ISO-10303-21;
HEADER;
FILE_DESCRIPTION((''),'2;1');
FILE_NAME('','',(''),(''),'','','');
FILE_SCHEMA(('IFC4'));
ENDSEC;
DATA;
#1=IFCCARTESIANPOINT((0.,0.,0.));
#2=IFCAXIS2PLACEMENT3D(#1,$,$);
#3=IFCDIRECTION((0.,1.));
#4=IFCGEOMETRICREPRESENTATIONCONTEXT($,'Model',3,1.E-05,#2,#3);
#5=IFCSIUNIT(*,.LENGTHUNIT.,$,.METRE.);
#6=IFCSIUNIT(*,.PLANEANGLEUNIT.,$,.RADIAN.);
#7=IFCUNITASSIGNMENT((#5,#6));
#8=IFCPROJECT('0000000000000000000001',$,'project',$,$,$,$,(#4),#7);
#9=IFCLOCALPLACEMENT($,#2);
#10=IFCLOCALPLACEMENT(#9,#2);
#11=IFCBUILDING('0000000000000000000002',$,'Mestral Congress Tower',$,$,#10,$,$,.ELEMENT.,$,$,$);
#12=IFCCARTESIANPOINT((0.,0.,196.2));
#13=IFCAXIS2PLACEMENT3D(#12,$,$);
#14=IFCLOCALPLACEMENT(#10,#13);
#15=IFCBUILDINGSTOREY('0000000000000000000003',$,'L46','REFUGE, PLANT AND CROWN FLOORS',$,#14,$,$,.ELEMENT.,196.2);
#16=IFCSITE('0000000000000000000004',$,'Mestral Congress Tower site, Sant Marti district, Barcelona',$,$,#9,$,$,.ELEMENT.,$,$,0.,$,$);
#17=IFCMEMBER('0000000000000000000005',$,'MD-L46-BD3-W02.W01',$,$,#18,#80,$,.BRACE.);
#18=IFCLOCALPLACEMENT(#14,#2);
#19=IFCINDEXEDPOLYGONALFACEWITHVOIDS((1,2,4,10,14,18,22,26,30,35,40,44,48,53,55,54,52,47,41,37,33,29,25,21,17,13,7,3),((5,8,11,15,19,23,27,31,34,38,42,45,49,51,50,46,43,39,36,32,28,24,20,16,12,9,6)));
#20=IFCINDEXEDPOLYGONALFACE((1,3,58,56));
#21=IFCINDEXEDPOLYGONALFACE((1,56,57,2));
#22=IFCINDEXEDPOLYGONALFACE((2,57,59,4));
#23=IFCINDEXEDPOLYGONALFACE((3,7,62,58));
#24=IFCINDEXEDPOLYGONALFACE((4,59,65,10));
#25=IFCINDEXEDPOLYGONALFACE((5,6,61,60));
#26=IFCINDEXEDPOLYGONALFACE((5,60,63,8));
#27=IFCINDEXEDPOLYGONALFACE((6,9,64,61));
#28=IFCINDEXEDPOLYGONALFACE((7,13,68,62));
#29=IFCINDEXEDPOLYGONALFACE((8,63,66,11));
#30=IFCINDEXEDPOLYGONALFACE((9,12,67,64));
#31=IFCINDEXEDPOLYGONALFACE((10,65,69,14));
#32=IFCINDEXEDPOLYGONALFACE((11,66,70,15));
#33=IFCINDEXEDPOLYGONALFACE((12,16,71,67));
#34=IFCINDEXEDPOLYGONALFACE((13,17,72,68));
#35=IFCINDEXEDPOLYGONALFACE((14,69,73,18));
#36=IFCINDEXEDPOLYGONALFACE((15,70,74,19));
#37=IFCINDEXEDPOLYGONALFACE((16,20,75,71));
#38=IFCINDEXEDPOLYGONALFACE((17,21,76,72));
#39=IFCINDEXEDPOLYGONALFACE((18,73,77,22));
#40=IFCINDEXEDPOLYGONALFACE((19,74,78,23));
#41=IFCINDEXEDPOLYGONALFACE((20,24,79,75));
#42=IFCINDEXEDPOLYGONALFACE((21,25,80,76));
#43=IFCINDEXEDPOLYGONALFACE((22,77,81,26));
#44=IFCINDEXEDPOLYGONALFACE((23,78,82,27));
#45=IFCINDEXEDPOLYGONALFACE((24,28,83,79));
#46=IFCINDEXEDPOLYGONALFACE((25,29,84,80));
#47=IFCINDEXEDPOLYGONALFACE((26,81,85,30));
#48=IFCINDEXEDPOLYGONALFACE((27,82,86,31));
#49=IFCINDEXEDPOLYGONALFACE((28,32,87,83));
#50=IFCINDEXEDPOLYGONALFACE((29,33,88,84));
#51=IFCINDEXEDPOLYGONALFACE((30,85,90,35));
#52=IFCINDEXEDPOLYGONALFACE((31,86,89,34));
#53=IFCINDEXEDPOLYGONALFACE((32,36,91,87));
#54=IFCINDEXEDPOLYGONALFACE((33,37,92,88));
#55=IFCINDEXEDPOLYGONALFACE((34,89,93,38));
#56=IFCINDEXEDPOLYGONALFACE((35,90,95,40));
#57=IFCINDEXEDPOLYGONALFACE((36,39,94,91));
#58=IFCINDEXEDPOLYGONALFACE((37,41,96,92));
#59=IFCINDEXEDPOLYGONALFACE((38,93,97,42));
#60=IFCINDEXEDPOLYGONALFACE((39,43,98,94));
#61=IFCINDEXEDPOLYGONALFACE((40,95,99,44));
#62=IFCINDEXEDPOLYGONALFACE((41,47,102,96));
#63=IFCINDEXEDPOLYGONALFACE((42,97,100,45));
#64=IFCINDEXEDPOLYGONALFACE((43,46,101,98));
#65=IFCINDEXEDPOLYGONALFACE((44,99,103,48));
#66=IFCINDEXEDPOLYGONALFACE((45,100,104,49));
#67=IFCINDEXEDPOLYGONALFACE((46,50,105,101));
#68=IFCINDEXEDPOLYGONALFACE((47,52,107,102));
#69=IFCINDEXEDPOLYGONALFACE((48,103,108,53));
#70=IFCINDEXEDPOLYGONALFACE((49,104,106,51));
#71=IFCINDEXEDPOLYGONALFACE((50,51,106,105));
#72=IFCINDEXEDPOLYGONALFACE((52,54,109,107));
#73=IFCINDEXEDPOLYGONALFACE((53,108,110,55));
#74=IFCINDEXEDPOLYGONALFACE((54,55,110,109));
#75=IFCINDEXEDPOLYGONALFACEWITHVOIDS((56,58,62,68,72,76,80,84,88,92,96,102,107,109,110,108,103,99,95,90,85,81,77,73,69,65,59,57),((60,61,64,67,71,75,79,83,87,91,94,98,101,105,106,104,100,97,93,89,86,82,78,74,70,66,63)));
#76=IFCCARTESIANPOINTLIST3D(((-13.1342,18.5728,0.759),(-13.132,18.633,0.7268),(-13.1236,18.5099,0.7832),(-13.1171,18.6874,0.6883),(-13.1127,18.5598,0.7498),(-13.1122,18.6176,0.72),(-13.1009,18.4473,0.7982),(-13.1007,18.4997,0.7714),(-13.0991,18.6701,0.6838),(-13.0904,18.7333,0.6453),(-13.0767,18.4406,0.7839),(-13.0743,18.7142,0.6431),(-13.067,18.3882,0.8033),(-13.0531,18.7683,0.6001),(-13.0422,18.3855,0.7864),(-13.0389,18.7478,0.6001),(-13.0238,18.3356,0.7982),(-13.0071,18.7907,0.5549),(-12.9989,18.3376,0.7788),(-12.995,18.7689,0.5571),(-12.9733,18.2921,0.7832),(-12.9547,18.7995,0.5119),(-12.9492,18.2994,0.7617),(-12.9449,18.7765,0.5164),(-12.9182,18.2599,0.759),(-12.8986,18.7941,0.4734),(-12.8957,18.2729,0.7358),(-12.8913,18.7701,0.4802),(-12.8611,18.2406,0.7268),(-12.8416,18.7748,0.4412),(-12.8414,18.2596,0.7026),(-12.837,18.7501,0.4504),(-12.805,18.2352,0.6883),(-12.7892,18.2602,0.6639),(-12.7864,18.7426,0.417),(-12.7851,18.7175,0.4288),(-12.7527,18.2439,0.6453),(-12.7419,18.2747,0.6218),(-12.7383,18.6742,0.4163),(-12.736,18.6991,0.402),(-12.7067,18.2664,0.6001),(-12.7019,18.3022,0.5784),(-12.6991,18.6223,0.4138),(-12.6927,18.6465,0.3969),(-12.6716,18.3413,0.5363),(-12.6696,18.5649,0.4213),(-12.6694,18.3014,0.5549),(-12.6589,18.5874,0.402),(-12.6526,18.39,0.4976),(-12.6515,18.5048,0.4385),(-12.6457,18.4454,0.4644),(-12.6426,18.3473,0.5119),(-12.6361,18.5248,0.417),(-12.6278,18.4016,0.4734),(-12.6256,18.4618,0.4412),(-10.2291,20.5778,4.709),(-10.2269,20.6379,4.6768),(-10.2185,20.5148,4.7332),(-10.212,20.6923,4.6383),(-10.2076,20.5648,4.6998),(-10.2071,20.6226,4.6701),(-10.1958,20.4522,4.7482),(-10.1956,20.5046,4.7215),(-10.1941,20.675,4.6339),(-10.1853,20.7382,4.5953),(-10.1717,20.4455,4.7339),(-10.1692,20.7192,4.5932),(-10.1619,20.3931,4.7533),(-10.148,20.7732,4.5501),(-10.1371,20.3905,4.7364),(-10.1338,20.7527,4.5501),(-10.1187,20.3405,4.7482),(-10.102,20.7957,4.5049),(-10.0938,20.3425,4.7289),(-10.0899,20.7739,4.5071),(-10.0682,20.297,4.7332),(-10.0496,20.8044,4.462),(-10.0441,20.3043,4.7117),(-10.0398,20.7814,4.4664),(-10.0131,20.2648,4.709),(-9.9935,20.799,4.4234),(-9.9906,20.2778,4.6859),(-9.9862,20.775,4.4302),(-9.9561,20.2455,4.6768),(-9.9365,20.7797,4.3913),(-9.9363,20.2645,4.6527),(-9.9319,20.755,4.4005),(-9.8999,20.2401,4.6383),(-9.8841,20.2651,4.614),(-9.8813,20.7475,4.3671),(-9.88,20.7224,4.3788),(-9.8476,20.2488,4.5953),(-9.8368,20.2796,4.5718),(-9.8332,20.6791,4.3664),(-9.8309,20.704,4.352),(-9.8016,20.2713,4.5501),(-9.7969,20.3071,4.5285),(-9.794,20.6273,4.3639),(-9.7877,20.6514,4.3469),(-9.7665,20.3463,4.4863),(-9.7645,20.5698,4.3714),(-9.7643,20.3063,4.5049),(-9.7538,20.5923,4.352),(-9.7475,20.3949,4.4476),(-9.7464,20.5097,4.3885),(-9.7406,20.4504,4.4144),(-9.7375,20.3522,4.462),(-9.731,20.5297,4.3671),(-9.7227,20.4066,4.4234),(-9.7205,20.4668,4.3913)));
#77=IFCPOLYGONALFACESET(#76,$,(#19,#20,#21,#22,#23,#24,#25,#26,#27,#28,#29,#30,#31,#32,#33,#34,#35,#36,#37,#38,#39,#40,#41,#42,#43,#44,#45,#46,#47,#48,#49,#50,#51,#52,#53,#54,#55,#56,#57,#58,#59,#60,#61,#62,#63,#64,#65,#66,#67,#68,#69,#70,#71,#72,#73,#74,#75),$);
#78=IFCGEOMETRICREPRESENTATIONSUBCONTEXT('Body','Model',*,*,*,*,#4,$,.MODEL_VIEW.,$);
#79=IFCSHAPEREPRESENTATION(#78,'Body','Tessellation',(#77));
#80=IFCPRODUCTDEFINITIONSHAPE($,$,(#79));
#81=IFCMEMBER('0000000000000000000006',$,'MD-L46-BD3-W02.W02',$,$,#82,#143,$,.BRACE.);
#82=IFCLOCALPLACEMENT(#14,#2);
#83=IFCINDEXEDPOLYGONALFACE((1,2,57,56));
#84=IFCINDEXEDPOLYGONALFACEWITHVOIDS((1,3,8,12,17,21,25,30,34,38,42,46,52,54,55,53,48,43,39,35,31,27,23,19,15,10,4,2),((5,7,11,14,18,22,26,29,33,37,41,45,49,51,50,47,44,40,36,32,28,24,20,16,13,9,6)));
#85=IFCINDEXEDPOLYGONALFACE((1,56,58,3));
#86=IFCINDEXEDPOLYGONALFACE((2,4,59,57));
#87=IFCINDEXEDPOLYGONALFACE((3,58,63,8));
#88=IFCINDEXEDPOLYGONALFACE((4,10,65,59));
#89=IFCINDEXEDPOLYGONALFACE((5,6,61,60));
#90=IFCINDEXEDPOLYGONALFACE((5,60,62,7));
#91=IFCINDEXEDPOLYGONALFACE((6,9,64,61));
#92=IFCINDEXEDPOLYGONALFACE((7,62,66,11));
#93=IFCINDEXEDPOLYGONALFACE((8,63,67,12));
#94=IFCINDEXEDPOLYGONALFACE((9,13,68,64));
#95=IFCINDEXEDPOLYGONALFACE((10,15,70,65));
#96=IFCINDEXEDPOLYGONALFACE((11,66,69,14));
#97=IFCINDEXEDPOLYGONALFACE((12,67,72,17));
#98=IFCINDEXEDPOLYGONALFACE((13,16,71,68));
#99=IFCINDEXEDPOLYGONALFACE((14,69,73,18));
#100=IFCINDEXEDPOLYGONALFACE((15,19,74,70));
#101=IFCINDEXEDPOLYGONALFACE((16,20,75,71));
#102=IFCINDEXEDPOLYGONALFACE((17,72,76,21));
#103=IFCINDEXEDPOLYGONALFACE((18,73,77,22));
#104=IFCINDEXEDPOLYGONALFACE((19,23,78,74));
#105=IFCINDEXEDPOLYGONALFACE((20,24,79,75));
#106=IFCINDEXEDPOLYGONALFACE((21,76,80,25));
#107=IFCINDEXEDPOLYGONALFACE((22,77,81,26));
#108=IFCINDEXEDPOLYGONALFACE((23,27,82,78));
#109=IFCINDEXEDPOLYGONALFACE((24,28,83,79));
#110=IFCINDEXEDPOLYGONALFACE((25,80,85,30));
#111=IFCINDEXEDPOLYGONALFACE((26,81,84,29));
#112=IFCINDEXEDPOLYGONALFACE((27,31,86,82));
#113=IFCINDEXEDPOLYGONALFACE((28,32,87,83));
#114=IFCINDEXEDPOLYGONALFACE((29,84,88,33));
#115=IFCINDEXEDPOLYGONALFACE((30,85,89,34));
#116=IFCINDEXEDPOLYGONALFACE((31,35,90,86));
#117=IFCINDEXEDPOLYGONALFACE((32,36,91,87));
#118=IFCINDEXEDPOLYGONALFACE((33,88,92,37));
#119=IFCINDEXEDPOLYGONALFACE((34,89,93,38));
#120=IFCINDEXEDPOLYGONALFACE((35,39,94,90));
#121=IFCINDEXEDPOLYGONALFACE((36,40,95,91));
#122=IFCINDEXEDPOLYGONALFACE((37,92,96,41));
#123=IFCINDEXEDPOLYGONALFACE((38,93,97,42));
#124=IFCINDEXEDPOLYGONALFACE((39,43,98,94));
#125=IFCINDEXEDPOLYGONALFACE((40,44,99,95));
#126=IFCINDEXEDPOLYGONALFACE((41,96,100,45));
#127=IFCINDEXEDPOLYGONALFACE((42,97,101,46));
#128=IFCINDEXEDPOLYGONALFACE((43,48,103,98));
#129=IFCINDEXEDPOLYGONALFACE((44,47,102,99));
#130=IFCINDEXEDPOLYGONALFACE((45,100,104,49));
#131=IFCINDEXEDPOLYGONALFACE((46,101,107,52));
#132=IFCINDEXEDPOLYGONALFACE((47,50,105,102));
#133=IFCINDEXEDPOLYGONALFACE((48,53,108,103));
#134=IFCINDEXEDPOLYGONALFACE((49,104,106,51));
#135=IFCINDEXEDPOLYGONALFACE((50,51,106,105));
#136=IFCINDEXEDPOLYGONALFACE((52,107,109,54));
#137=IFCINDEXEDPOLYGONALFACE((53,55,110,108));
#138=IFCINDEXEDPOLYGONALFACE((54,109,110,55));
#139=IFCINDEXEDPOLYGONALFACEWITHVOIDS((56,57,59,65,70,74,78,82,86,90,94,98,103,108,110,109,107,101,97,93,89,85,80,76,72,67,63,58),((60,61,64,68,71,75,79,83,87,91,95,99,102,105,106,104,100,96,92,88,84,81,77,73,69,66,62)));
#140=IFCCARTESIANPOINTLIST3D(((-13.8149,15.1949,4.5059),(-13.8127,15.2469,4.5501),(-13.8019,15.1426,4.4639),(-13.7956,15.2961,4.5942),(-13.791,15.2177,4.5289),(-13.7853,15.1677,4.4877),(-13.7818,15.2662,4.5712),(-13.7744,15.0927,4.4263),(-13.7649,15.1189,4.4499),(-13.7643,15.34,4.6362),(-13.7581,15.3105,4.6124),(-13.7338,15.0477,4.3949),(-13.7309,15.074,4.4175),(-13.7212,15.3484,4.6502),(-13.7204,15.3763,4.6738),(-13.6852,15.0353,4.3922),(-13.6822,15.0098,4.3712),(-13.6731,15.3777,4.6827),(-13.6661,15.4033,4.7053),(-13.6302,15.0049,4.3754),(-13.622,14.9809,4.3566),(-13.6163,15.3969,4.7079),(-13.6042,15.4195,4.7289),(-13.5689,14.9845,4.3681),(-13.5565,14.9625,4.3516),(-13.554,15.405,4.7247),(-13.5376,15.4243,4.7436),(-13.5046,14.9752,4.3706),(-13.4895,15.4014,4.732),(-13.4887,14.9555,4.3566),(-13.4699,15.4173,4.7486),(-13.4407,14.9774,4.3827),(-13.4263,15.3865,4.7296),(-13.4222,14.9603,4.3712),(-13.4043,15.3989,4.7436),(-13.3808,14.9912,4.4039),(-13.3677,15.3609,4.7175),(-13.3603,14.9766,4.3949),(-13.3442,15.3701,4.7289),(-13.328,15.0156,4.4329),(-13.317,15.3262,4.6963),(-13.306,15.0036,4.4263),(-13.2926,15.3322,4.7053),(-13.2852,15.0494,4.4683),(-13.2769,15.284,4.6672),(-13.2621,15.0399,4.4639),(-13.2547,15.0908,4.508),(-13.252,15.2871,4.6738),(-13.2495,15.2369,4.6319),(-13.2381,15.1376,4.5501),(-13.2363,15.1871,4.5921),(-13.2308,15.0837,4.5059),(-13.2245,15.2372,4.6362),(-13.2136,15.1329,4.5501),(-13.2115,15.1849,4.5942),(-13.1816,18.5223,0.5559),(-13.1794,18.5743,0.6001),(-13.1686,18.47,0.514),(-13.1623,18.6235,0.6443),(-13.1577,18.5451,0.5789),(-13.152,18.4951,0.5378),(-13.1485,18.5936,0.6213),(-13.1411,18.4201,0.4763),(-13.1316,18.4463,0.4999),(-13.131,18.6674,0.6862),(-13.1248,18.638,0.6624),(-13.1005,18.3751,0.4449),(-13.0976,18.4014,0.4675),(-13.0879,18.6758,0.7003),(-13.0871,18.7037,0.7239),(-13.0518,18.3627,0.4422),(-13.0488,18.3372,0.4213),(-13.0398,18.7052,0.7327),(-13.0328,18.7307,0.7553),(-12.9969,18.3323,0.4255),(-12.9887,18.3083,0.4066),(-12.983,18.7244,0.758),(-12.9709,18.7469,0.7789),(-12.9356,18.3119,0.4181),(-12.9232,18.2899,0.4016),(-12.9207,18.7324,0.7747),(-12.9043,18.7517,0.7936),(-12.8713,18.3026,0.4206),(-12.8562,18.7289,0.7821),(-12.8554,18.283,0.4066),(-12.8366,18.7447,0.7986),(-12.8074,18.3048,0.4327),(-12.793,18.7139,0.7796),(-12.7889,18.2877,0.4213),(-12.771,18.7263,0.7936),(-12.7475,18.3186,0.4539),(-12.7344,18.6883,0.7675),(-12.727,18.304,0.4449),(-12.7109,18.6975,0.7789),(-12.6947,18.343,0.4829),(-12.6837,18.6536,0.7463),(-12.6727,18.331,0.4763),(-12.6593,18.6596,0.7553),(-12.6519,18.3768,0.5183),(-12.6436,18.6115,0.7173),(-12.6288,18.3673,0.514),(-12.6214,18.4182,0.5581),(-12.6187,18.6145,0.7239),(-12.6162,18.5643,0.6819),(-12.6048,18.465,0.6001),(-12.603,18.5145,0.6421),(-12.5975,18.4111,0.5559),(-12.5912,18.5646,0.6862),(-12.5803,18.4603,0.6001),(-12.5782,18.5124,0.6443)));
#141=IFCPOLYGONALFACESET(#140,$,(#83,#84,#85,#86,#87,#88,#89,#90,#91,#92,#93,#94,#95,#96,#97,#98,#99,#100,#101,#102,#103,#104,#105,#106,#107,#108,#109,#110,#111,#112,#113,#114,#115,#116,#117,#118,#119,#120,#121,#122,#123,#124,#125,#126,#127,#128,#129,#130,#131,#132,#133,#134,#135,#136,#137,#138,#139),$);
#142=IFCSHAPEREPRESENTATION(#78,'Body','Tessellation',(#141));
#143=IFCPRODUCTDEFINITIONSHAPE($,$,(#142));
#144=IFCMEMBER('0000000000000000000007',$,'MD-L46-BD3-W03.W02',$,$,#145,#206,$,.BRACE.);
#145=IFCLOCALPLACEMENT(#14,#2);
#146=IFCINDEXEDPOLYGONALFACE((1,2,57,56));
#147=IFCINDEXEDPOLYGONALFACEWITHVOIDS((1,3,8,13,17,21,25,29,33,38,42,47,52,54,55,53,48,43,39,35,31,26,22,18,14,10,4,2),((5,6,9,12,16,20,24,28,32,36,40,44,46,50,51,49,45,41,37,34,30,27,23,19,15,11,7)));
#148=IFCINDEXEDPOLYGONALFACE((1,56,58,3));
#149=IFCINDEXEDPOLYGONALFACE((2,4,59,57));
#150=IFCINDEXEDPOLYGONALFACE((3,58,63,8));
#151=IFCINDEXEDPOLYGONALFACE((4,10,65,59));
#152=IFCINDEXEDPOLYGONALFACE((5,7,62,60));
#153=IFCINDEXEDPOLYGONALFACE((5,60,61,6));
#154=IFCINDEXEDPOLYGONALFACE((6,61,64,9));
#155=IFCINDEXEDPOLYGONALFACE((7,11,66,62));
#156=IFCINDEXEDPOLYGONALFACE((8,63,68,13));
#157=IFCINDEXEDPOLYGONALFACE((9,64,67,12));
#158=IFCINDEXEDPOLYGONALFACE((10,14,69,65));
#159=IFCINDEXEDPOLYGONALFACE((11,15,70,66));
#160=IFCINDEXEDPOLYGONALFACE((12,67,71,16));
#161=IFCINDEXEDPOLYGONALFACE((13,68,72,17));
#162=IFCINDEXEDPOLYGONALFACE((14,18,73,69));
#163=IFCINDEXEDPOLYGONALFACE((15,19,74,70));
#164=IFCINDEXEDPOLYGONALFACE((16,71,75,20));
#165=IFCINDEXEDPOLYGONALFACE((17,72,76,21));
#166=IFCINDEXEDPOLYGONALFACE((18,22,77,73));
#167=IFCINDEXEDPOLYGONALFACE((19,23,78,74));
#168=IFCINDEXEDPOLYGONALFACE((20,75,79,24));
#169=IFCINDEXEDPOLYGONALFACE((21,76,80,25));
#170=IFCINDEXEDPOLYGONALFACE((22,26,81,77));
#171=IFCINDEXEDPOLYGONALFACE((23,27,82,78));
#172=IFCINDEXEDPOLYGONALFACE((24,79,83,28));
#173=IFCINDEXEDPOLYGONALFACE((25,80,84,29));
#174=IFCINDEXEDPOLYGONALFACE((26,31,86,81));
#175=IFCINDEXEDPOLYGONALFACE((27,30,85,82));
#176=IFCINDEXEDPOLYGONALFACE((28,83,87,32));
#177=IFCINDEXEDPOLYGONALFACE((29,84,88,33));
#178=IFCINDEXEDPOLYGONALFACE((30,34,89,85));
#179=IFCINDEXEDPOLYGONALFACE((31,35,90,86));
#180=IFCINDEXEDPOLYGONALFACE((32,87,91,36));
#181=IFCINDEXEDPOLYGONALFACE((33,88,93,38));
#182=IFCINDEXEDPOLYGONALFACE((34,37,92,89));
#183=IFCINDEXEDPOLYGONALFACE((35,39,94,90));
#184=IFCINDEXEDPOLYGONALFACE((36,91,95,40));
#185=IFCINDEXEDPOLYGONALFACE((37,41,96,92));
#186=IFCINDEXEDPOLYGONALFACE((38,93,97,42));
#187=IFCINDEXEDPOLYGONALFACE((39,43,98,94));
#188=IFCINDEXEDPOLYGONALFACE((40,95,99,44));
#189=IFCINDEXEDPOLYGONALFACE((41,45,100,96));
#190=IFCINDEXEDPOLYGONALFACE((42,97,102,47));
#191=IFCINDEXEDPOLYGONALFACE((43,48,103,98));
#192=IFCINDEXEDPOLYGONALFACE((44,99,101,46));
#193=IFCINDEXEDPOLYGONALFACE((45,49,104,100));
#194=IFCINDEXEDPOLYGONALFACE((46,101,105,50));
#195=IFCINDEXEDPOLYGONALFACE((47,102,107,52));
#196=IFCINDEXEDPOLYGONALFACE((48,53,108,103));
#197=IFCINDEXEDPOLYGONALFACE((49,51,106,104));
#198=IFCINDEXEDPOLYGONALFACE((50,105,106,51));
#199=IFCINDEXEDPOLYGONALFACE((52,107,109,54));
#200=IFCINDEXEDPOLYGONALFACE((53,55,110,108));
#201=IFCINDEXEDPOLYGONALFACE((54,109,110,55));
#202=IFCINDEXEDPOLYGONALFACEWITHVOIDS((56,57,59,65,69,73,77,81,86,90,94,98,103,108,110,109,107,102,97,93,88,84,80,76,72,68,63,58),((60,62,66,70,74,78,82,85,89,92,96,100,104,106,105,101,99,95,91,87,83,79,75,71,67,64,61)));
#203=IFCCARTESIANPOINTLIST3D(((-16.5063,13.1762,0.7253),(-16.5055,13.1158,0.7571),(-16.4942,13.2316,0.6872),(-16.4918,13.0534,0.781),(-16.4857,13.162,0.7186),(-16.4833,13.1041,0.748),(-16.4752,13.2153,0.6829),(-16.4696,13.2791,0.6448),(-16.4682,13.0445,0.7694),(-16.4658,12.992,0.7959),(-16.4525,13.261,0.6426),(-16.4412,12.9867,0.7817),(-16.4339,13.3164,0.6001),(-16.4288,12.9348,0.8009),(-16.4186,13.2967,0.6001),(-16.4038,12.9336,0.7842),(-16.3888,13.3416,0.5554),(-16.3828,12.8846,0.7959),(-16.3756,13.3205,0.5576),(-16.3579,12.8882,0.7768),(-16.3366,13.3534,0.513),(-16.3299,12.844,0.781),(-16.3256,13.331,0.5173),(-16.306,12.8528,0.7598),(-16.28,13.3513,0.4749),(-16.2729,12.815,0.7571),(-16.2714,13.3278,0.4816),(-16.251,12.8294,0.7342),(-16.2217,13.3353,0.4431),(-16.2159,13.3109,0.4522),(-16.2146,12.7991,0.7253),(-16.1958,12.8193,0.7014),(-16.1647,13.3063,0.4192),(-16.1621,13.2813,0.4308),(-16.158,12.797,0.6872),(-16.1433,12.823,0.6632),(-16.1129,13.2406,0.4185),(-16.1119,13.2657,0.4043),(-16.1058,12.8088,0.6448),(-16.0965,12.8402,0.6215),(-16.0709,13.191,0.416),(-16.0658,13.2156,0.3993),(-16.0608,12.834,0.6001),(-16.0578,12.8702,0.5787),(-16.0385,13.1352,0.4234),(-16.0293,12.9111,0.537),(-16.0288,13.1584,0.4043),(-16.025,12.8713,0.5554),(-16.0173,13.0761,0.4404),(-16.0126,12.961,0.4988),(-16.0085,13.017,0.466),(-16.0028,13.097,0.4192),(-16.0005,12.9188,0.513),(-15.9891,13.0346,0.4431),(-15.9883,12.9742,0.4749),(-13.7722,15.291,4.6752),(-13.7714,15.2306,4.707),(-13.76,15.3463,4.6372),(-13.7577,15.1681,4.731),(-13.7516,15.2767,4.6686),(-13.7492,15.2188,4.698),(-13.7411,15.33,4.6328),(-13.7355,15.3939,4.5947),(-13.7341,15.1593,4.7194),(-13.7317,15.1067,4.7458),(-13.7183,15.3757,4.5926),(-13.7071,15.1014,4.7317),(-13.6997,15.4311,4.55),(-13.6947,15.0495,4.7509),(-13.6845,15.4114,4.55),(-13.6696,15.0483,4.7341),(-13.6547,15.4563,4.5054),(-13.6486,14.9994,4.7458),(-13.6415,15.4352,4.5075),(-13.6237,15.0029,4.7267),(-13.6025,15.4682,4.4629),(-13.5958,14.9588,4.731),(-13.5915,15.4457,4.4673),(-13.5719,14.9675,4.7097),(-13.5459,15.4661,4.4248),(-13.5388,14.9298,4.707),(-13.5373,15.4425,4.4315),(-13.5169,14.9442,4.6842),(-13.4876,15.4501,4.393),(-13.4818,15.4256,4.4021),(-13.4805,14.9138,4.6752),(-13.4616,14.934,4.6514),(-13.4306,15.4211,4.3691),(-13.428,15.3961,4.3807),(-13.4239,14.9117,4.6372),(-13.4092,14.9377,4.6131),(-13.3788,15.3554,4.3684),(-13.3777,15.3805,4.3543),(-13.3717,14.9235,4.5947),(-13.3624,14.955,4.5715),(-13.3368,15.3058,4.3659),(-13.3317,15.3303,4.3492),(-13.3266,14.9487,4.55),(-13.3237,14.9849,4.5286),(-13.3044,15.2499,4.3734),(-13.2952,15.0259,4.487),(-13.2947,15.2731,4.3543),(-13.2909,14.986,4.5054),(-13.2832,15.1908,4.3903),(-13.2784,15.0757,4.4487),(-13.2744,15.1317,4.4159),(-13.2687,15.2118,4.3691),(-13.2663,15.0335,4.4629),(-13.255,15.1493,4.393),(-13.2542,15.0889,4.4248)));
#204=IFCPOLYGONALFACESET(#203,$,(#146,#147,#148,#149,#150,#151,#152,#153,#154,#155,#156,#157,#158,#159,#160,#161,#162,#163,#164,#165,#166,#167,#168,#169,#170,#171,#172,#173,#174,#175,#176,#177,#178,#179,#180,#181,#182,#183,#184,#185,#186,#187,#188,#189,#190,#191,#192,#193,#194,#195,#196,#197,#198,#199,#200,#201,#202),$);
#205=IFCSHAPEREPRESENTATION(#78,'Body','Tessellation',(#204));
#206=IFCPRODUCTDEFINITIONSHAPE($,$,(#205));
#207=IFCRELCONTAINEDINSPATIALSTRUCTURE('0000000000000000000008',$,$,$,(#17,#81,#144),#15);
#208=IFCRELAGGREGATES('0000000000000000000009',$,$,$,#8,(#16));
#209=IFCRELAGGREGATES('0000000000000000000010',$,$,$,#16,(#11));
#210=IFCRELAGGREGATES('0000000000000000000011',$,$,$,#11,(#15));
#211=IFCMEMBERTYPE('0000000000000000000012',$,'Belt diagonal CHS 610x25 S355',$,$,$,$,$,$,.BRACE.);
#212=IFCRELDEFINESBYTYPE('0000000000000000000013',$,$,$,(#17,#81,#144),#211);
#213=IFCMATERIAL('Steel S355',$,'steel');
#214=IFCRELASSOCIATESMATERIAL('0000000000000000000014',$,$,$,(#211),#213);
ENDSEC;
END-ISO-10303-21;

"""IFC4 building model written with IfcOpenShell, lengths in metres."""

from ifc_helpers import new_model, si_unit, direction, frame, origin, origin_2d, place, context, subcontext, project, spatial, hollow_circle, extrude, material, material_profile, profile_set, type_object, element, save


model = new_model("IFC4")

# Units and contexts
model_context = context("Model", 3, precision=1e-05, world=origin(), true_north=direction((0.0, 1.0)))
body_context = subcontext(model_context, "Body", "Model", "MODEL_VIEW")
ifc_project = project(units=[si_unit("LENGTHUNIT", "METRE"), si_unit("PLANEANGLEUNIT", "RADIAN")], contexts=[model_context])

# Site, building, storey
site_placement = place(None, origin())
site = spatial("IfcSite", under=ifc_project, at=site_placement, Name="Mestral Congress Tower site, Sant Marti district, Barcelona", CompositionType="ELEMENT", RefElevation=0.0)
building_placement = place(site_placement, origin())
building = spatial("IfcBuilding", under=site, at=building_placement, Name="Mestral Congress Tower", CompositionType="ELEMENT")
storey_placement = place(building_placement, frame((0.0, 0.0, 196.2)))
storey = spatial("IfcBuildingStorey", under=building, at=storey_placement, Name="L46", Description="REFUGE, PLANT AND CROWN FLOORS", CompositionType="ELEMENT", Elevation=196.2)

# Members
ifc_material_1 = material(Name="Steel S355", Category="steel")
ifc_material_profile_1 = material_profile(ifc_material_1, hollow_circle(Radius=0.3049, WallThickness=0.0249, at=origin_2d()), Name="CHS 610x25")
ifc_profile_set_1 = profile_set([ifc_material_profile_1], Name="Steel S355")
member_type_1 = type_object("IfcMemberType", Name="Belt diagonal CHS 610x25 S355", PredefinedType="BRACE", material=ifc_profile_set_1)
member_1_placement = place(storey_placement, frame((-12.8799, 18.5173, 0.6001), z_axis=(0.548403, 0.378476, 0.745661), x_axis=(-0.568004, 0.823025, 0.0)))
element("IfcMember", 1, at=member_1_placement, inside=storey, type_object=member_type_1, Name="MD-L46-BD3-W02.W01", PredefinedType="BRACE", context=body_context, shape_type="SweptSolid", body=[
    extrude(hollow_circle(Radius=0.3049, WallThickness=0.0249, at=origin_2d()), origin(), (0.0, 0.0, 1.0), 5.2974),
])
member_2_placement = place(storey_placement, frame((-12.8799, 18.5173, 0.6001), z_axis=(-0.12171, -0.639473, 0.759119), x_axis=(0.982365, -0.186973, 0.0)))
element("IfcMember", 2, at=member_2_placement, inside=storey, type_object=member_type_1, Name="MD-L46-BD3-W02.W02", PredefinedType="BRACE", context=body_context, shape_type="SweptSolid", body=[
    extrude(hollow_circle(Radius=0.3049, WallThickness=0.0249, at=origin_2d()), origin(), (0.0, 0.0, 1.0), 5.2034),
])
member_3_placement = place(storey_placement, frame((-16.2473, 13.0752, 0.6001), z_axis=(0.520907, 0.402902, 0.752546), x_axis=(-0.611811, 0.791004, 0.0)))
element("IfcMember", 3, at=member_3_placement, inside=storey, type_object=member_type_1, Name="MD-L46-BD3-W03.W02", PredefinedType="BRACE", context=body_context, shape_type="SweptSolid", body=[
    extrude(hollow_circle(Radius=0.3049, WallThickness=0.0249, at=origin_2d()), origin(), (0.0, 0.0, 1.0), 5.2488),
])

save(model, "model.ifc")
